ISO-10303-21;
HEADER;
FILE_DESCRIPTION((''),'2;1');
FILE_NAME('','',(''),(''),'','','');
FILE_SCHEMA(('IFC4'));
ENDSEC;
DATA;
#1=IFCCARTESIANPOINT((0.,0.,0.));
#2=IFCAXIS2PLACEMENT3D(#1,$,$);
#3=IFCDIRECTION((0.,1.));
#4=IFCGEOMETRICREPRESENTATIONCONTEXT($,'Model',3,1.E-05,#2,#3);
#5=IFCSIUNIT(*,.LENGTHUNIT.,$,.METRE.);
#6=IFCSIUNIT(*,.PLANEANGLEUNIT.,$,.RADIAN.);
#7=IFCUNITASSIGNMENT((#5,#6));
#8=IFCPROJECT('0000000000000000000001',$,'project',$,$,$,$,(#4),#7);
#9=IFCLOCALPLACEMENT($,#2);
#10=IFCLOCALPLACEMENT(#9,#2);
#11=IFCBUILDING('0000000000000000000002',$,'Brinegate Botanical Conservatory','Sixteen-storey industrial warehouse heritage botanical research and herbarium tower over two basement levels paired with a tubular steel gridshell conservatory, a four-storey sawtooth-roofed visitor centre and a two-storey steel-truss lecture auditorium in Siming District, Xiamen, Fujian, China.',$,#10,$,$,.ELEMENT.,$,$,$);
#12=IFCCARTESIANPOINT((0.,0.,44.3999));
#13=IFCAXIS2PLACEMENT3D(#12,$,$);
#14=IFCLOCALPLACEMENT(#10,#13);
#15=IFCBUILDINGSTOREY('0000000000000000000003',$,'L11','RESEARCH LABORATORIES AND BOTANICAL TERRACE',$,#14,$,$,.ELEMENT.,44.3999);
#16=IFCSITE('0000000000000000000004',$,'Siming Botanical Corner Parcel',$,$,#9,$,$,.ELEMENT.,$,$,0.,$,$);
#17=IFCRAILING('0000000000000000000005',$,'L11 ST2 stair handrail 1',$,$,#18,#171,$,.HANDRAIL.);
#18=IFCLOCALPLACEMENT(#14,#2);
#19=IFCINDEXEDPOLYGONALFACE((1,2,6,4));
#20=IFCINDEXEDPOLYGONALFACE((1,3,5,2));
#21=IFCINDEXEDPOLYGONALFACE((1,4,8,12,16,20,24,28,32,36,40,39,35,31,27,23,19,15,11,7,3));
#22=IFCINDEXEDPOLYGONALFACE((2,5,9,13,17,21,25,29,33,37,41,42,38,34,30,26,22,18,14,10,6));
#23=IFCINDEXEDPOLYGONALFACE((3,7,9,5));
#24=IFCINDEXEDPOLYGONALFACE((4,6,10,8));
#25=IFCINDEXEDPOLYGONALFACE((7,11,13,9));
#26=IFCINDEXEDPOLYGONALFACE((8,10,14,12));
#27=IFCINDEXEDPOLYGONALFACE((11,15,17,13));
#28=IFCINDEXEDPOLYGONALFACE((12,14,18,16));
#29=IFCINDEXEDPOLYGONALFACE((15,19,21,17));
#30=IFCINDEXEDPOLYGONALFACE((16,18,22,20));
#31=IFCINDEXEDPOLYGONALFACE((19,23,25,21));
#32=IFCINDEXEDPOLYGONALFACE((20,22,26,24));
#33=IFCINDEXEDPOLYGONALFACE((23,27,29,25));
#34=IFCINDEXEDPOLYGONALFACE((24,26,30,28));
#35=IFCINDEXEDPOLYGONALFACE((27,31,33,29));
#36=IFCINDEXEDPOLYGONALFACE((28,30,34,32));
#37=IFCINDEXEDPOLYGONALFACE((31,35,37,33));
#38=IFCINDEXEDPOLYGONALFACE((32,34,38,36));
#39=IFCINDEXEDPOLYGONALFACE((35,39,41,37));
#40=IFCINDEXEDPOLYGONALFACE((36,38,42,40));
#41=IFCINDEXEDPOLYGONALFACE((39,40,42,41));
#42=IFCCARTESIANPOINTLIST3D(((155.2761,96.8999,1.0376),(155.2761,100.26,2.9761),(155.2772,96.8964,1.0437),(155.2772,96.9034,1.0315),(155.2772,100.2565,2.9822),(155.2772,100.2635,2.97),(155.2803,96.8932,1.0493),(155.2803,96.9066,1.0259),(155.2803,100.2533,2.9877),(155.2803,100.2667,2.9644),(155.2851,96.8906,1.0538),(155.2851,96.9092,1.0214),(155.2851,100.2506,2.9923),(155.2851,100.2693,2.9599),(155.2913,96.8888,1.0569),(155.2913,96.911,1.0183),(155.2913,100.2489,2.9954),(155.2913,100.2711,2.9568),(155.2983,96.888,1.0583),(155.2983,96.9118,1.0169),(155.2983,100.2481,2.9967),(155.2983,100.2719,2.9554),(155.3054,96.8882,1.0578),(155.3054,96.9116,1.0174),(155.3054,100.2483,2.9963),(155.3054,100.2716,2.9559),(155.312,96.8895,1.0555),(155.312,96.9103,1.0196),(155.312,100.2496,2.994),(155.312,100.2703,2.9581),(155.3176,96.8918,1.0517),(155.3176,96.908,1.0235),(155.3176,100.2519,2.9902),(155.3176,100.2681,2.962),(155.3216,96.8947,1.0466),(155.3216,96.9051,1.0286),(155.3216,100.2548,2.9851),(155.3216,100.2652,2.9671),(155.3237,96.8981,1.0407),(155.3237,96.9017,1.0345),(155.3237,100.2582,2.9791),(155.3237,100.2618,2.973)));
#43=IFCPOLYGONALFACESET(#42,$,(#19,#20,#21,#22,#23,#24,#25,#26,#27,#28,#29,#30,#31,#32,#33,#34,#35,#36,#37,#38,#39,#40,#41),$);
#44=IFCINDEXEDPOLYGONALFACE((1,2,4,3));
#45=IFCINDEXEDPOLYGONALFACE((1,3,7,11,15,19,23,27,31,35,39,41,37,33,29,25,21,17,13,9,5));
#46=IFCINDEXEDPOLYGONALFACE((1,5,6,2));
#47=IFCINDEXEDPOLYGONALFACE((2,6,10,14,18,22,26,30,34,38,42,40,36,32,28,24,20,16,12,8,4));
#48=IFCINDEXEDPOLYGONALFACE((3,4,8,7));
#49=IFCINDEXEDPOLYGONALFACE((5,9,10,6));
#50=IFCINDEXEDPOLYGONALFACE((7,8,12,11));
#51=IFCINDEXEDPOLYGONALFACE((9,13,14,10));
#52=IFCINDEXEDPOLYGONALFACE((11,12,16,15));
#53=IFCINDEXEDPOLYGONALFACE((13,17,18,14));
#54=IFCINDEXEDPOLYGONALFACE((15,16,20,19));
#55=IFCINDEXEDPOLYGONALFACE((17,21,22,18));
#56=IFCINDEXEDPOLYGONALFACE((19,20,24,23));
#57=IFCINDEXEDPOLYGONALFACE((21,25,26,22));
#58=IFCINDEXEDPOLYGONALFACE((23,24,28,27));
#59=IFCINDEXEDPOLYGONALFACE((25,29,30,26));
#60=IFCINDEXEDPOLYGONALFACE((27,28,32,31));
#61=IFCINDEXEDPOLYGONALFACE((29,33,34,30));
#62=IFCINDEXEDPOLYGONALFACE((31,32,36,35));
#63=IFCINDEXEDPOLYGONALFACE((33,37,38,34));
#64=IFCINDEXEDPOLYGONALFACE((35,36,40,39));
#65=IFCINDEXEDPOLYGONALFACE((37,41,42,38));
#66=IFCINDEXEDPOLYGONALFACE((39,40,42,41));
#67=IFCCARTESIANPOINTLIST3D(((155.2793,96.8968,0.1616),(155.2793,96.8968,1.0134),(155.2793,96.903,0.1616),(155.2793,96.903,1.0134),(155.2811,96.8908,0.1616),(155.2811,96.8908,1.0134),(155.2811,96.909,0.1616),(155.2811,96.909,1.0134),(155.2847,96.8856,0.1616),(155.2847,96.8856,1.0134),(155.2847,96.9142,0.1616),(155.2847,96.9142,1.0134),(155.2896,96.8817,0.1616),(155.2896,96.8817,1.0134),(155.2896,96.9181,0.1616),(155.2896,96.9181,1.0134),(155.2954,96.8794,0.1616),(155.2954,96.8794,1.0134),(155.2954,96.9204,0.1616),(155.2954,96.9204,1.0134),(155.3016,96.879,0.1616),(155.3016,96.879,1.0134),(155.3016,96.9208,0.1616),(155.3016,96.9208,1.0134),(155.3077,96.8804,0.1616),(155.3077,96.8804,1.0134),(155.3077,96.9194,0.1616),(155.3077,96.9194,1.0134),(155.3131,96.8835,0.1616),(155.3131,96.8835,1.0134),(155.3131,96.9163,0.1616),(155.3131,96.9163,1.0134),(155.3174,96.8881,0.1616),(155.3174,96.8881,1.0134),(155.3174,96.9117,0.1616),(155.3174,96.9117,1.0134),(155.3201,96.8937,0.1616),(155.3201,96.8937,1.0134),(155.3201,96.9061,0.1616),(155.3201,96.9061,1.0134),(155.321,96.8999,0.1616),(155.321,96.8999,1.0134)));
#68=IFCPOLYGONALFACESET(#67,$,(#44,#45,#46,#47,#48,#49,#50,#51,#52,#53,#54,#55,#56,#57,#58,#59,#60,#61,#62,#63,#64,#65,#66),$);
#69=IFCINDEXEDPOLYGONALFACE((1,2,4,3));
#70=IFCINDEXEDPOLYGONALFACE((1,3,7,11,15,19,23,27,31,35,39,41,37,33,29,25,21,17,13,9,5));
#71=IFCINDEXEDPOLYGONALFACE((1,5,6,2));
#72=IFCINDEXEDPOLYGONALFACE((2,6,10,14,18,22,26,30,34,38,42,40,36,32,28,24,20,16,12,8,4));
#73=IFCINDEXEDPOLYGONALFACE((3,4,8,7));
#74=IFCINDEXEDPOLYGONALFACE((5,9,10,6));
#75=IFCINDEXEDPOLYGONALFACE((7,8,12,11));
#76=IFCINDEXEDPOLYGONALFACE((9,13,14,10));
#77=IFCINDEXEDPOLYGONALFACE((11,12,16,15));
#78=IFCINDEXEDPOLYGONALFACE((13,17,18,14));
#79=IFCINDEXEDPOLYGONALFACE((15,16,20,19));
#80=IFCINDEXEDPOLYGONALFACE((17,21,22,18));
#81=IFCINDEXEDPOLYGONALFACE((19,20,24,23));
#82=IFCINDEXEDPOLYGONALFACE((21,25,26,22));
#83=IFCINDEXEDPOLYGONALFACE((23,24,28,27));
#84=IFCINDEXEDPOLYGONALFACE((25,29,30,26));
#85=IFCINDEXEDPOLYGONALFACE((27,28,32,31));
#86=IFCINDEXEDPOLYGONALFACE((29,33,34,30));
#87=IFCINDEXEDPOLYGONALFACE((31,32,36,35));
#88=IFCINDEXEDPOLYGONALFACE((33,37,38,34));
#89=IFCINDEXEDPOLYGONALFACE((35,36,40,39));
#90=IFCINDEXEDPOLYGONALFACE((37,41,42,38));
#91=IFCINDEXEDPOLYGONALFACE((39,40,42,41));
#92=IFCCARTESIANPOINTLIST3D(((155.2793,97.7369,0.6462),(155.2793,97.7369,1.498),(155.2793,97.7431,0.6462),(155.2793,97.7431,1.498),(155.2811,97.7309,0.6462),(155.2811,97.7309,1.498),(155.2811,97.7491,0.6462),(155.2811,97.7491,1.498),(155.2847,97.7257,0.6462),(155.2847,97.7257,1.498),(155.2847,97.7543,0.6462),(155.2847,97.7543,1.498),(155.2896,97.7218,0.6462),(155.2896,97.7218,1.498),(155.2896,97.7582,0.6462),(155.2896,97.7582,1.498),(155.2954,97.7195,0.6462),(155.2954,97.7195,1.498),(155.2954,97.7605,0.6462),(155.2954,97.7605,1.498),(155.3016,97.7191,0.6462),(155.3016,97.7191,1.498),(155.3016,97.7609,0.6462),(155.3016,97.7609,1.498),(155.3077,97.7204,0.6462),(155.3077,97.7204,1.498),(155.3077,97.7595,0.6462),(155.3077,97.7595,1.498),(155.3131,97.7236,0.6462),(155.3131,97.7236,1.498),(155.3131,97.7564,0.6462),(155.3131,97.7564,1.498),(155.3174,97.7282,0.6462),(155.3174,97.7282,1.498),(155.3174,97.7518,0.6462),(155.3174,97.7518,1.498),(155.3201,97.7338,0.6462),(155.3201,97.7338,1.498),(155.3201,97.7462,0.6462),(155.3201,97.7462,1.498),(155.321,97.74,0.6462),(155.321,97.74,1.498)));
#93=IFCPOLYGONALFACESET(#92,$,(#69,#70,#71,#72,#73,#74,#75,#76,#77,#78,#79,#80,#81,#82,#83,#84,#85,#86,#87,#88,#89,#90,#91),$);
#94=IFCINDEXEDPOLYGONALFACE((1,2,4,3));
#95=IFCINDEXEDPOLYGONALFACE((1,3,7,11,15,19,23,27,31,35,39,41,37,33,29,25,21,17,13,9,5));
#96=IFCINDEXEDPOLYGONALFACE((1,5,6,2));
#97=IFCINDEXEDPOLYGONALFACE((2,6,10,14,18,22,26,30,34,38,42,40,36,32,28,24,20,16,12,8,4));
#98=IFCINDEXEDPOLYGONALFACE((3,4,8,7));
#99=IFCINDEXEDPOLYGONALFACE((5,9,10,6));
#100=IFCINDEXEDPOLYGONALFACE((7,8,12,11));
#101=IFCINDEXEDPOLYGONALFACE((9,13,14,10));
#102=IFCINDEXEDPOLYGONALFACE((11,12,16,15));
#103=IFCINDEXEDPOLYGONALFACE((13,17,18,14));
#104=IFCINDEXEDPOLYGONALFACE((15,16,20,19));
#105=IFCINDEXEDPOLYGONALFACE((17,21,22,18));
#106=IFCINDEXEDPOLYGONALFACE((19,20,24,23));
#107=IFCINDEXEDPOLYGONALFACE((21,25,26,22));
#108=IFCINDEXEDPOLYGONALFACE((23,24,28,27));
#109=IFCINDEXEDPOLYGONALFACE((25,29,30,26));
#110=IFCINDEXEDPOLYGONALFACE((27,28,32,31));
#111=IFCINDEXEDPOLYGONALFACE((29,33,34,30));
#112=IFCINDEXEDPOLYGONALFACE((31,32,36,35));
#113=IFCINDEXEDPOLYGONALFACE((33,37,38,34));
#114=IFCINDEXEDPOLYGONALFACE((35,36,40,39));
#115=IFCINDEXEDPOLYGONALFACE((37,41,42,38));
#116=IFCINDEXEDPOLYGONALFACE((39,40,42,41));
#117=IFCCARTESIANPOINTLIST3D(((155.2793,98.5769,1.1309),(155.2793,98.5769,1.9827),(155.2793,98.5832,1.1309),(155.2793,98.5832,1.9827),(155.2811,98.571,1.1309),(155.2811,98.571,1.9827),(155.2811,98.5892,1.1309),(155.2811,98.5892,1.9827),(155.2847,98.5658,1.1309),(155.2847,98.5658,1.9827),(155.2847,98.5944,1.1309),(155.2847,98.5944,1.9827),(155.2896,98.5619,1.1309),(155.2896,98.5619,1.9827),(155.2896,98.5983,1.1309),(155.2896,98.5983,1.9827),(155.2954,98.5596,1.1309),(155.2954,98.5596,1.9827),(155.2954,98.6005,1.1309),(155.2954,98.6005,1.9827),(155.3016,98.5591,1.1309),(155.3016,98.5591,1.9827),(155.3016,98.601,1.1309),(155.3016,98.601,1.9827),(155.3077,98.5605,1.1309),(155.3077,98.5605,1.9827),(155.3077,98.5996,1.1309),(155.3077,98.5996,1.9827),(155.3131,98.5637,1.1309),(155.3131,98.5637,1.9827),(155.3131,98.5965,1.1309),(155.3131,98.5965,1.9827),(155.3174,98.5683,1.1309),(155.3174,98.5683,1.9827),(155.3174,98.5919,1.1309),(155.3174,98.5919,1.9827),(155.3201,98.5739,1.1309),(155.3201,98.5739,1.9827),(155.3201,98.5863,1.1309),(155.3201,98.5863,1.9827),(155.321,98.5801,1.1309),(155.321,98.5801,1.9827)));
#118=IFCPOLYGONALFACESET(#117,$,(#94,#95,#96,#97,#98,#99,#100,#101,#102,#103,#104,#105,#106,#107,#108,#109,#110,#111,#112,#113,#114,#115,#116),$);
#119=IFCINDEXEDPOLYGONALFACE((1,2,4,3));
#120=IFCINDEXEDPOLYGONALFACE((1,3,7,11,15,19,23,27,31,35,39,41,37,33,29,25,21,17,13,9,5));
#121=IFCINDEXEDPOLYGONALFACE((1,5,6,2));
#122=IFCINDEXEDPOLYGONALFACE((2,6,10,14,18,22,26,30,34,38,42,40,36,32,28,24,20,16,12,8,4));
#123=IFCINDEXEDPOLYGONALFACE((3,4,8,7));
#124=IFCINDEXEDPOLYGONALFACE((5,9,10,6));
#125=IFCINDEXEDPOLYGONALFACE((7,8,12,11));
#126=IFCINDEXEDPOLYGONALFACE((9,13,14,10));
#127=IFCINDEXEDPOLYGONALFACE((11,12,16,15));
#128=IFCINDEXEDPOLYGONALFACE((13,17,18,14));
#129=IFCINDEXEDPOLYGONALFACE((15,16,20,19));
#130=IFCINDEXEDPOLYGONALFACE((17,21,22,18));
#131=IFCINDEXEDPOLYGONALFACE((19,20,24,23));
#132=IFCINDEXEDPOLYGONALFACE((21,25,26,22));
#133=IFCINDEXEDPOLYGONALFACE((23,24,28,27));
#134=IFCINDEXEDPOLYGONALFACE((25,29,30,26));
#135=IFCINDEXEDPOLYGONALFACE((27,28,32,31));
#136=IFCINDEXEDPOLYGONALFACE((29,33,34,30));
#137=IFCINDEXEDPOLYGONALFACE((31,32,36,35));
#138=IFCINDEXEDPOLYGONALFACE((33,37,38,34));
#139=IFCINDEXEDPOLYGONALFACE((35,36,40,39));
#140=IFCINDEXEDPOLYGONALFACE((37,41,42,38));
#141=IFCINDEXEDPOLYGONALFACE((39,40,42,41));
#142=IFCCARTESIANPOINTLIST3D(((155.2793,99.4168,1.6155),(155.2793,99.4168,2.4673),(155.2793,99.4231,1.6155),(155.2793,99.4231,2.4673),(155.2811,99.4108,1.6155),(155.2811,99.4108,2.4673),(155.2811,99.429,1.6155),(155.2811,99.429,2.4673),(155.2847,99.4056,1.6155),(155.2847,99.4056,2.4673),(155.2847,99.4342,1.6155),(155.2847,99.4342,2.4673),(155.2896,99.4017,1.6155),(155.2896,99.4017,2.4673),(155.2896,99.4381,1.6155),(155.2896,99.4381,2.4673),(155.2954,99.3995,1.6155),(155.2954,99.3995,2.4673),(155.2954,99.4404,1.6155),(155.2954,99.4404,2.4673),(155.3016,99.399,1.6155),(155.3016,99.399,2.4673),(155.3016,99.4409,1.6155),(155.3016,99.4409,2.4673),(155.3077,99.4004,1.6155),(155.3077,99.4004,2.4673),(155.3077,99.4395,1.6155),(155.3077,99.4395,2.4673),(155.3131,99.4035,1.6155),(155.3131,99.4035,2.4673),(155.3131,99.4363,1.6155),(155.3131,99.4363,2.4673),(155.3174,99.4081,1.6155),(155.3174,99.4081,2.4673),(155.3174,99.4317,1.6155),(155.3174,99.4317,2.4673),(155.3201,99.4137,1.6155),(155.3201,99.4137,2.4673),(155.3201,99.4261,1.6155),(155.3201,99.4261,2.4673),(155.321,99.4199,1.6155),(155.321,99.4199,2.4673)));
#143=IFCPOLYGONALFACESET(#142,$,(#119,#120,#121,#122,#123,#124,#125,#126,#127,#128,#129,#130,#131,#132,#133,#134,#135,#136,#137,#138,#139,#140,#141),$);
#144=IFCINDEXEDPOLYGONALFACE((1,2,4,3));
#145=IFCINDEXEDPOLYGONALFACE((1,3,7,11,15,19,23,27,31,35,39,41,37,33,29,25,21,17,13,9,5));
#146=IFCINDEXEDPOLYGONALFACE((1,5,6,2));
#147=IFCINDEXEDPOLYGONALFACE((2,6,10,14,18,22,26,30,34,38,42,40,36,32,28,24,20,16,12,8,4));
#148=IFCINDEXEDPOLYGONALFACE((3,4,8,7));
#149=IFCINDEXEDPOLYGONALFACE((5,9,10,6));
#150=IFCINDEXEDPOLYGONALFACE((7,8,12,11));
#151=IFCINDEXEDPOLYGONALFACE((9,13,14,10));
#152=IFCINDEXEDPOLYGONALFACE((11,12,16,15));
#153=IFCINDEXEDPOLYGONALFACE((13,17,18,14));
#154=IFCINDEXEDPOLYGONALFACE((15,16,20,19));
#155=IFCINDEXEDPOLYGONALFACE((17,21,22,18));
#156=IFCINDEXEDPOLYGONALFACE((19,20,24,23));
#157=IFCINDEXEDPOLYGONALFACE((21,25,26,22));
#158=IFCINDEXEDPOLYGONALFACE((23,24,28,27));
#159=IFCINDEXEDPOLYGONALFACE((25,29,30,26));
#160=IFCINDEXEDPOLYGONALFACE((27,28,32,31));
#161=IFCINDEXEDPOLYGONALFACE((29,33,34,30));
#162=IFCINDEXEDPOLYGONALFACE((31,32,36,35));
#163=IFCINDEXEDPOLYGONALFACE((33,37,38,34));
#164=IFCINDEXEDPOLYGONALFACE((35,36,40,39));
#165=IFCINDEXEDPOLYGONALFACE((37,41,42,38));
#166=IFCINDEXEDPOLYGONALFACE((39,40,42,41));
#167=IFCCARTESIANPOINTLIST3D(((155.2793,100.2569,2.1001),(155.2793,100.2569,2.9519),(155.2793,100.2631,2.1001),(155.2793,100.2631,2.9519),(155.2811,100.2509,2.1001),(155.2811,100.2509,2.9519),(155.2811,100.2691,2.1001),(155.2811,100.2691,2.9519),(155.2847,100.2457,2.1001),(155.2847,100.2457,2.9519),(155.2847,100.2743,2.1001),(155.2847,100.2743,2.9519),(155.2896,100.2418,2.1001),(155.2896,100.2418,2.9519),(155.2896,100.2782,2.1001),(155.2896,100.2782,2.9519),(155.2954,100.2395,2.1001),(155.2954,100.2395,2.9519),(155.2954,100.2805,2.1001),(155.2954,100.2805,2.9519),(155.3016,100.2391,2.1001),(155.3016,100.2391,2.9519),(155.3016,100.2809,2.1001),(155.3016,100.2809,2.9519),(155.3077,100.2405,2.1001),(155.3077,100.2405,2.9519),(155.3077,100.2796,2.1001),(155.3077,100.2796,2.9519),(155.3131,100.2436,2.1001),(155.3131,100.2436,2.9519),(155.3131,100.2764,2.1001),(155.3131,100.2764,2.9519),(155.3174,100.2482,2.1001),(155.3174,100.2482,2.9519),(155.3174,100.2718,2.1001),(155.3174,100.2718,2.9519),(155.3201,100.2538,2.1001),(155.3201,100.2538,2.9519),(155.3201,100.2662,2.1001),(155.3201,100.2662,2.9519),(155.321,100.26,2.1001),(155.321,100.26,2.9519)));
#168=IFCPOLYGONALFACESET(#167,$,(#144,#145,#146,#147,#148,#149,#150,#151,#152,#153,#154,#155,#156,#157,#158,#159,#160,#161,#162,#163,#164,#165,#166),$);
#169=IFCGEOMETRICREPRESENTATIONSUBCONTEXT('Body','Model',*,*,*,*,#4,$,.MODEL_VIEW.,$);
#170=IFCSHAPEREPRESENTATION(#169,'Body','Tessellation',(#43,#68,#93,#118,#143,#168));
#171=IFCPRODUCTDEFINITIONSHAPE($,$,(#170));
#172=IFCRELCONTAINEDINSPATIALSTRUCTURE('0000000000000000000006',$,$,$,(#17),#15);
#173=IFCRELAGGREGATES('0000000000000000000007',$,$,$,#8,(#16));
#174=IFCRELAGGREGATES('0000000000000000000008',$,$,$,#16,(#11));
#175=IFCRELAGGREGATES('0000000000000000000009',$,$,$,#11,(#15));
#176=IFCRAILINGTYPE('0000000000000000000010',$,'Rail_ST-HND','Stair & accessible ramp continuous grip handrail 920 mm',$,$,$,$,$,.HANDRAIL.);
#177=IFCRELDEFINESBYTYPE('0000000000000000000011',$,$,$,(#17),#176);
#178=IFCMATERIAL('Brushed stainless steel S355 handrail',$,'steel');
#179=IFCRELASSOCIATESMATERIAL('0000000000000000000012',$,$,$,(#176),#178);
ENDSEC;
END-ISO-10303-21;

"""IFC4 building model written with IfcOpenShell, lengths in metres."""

from ifc_helpers import new_model, si_unit, direction, frame, origin, origin_2d, place, context, subcontext, project, spatial, circle, extrude, material, type_object, element, save


model = new_model("IFC4")

# Units and contexts
model_context = context("Model", 3, precision=1e-05, world=origin(), true_north=direction((0.0, 1.0)))
body_context = subcontext(model_context, "Body", "Model", "MODEL_VIEW")
ifc_project = project(units=[si_unit("LENGTHUNIT", "METRE"), si_unit("PLANEANGLEUNIT", "RADIAN")], contexts=[model_context])

# Site, building, storey
site_placement = place(None, origin())
site = spatial("IfcSite", under=ifc_project, at=site_placement, Name="Siming Botanical Corner Parcel", CompositionType="ELEMENT", RefElevation=0.0)
building_placement = place(site_placement, origin())
building = spatial("IfcBuilding", under=site, at=building_placement, Name="Brinegate Botanical Conservatory", Description="Sixteen-storey industrial warehouse heritage botanical research and herbarium tower over two basement levels paired with a tubular steel gridshell conservatory, a four-storey sawtooth-roofed visitor centre and a two-storey steel-truss lecture auditorium in Siming District, Xiamen, Fujian, China.", CompositionType="ELEMENT")
storey_placement = place(building_placement, frame((0.0, 0.0, 44.3999)))
storey = spatial("IfcBuildingStorey", under=building, at=storey_placement, Name="L11", Description="RESEARCH LABORATORIES AND BOTANICAL TERRACE", CompositionType="ELEMENT", Elevation=44.3999)

# Railing
ifc_material_1 = material(Name="Brushed stainless steel S355 handrail", Category="steel")
railing_type_1 = type_object("IfcRailingType", Name="Rail_ST-HND", Description="Stair & accessible ramp continuous grip handrail 920 mm", PredefinedType="HANDRAIL", material=ifc_material_1)
railing_1_placement = place(storey_placement, frame((155.3, 96.8999, 0.1616)))
element("IfcRailing", 1, at=railing_1_placement, inside=storey, type_object=railing_type_1, Name="L11 ST2 stair handrail 1", PredefinedType="HANDRAIL", context=body_context, shape_type="SweptSolid", body=[
    extrude(circle(Radius=0.0239, at=origin_2d()), frame((0.0, 0.0, 0.876), z_axis=(0.0, 0.866191, 0.499713), x_axis=(-1.0, 0.0, 0.0)), (0.0, 0.0, 1.0), 3.8792),
    extrude(circle(Radius=0.021, at=origin_2d()), origin(), (0.0, 0.0, 1.0), 0.8518),
    extrude(circle(Radius=0.021, at=origin_2d()), frame((0.0, 0.8401, 0.4846)), (0.0, 0.0, 1.0), 0.8518),
    extrude(circle(Radius=0.021, at=origin_2d()), frame((0.0, 1.6802, 0.9692)), (0.0, 0.0, 1.0), 0.8518),
    extrude(circle(Radius=0.021, at=origin_2d()), frame((0.0, 2.52, 1.4539)), (0.0, 0.0, 1.0), 0.8518),
    extrude(circle(Radius=0.021, at=origin_2d()), frame((0.0, 3.3601, 1.9385)), (0.0, 0.0, 1.0), 0.8518),
])

save(model, "model.ifc")
